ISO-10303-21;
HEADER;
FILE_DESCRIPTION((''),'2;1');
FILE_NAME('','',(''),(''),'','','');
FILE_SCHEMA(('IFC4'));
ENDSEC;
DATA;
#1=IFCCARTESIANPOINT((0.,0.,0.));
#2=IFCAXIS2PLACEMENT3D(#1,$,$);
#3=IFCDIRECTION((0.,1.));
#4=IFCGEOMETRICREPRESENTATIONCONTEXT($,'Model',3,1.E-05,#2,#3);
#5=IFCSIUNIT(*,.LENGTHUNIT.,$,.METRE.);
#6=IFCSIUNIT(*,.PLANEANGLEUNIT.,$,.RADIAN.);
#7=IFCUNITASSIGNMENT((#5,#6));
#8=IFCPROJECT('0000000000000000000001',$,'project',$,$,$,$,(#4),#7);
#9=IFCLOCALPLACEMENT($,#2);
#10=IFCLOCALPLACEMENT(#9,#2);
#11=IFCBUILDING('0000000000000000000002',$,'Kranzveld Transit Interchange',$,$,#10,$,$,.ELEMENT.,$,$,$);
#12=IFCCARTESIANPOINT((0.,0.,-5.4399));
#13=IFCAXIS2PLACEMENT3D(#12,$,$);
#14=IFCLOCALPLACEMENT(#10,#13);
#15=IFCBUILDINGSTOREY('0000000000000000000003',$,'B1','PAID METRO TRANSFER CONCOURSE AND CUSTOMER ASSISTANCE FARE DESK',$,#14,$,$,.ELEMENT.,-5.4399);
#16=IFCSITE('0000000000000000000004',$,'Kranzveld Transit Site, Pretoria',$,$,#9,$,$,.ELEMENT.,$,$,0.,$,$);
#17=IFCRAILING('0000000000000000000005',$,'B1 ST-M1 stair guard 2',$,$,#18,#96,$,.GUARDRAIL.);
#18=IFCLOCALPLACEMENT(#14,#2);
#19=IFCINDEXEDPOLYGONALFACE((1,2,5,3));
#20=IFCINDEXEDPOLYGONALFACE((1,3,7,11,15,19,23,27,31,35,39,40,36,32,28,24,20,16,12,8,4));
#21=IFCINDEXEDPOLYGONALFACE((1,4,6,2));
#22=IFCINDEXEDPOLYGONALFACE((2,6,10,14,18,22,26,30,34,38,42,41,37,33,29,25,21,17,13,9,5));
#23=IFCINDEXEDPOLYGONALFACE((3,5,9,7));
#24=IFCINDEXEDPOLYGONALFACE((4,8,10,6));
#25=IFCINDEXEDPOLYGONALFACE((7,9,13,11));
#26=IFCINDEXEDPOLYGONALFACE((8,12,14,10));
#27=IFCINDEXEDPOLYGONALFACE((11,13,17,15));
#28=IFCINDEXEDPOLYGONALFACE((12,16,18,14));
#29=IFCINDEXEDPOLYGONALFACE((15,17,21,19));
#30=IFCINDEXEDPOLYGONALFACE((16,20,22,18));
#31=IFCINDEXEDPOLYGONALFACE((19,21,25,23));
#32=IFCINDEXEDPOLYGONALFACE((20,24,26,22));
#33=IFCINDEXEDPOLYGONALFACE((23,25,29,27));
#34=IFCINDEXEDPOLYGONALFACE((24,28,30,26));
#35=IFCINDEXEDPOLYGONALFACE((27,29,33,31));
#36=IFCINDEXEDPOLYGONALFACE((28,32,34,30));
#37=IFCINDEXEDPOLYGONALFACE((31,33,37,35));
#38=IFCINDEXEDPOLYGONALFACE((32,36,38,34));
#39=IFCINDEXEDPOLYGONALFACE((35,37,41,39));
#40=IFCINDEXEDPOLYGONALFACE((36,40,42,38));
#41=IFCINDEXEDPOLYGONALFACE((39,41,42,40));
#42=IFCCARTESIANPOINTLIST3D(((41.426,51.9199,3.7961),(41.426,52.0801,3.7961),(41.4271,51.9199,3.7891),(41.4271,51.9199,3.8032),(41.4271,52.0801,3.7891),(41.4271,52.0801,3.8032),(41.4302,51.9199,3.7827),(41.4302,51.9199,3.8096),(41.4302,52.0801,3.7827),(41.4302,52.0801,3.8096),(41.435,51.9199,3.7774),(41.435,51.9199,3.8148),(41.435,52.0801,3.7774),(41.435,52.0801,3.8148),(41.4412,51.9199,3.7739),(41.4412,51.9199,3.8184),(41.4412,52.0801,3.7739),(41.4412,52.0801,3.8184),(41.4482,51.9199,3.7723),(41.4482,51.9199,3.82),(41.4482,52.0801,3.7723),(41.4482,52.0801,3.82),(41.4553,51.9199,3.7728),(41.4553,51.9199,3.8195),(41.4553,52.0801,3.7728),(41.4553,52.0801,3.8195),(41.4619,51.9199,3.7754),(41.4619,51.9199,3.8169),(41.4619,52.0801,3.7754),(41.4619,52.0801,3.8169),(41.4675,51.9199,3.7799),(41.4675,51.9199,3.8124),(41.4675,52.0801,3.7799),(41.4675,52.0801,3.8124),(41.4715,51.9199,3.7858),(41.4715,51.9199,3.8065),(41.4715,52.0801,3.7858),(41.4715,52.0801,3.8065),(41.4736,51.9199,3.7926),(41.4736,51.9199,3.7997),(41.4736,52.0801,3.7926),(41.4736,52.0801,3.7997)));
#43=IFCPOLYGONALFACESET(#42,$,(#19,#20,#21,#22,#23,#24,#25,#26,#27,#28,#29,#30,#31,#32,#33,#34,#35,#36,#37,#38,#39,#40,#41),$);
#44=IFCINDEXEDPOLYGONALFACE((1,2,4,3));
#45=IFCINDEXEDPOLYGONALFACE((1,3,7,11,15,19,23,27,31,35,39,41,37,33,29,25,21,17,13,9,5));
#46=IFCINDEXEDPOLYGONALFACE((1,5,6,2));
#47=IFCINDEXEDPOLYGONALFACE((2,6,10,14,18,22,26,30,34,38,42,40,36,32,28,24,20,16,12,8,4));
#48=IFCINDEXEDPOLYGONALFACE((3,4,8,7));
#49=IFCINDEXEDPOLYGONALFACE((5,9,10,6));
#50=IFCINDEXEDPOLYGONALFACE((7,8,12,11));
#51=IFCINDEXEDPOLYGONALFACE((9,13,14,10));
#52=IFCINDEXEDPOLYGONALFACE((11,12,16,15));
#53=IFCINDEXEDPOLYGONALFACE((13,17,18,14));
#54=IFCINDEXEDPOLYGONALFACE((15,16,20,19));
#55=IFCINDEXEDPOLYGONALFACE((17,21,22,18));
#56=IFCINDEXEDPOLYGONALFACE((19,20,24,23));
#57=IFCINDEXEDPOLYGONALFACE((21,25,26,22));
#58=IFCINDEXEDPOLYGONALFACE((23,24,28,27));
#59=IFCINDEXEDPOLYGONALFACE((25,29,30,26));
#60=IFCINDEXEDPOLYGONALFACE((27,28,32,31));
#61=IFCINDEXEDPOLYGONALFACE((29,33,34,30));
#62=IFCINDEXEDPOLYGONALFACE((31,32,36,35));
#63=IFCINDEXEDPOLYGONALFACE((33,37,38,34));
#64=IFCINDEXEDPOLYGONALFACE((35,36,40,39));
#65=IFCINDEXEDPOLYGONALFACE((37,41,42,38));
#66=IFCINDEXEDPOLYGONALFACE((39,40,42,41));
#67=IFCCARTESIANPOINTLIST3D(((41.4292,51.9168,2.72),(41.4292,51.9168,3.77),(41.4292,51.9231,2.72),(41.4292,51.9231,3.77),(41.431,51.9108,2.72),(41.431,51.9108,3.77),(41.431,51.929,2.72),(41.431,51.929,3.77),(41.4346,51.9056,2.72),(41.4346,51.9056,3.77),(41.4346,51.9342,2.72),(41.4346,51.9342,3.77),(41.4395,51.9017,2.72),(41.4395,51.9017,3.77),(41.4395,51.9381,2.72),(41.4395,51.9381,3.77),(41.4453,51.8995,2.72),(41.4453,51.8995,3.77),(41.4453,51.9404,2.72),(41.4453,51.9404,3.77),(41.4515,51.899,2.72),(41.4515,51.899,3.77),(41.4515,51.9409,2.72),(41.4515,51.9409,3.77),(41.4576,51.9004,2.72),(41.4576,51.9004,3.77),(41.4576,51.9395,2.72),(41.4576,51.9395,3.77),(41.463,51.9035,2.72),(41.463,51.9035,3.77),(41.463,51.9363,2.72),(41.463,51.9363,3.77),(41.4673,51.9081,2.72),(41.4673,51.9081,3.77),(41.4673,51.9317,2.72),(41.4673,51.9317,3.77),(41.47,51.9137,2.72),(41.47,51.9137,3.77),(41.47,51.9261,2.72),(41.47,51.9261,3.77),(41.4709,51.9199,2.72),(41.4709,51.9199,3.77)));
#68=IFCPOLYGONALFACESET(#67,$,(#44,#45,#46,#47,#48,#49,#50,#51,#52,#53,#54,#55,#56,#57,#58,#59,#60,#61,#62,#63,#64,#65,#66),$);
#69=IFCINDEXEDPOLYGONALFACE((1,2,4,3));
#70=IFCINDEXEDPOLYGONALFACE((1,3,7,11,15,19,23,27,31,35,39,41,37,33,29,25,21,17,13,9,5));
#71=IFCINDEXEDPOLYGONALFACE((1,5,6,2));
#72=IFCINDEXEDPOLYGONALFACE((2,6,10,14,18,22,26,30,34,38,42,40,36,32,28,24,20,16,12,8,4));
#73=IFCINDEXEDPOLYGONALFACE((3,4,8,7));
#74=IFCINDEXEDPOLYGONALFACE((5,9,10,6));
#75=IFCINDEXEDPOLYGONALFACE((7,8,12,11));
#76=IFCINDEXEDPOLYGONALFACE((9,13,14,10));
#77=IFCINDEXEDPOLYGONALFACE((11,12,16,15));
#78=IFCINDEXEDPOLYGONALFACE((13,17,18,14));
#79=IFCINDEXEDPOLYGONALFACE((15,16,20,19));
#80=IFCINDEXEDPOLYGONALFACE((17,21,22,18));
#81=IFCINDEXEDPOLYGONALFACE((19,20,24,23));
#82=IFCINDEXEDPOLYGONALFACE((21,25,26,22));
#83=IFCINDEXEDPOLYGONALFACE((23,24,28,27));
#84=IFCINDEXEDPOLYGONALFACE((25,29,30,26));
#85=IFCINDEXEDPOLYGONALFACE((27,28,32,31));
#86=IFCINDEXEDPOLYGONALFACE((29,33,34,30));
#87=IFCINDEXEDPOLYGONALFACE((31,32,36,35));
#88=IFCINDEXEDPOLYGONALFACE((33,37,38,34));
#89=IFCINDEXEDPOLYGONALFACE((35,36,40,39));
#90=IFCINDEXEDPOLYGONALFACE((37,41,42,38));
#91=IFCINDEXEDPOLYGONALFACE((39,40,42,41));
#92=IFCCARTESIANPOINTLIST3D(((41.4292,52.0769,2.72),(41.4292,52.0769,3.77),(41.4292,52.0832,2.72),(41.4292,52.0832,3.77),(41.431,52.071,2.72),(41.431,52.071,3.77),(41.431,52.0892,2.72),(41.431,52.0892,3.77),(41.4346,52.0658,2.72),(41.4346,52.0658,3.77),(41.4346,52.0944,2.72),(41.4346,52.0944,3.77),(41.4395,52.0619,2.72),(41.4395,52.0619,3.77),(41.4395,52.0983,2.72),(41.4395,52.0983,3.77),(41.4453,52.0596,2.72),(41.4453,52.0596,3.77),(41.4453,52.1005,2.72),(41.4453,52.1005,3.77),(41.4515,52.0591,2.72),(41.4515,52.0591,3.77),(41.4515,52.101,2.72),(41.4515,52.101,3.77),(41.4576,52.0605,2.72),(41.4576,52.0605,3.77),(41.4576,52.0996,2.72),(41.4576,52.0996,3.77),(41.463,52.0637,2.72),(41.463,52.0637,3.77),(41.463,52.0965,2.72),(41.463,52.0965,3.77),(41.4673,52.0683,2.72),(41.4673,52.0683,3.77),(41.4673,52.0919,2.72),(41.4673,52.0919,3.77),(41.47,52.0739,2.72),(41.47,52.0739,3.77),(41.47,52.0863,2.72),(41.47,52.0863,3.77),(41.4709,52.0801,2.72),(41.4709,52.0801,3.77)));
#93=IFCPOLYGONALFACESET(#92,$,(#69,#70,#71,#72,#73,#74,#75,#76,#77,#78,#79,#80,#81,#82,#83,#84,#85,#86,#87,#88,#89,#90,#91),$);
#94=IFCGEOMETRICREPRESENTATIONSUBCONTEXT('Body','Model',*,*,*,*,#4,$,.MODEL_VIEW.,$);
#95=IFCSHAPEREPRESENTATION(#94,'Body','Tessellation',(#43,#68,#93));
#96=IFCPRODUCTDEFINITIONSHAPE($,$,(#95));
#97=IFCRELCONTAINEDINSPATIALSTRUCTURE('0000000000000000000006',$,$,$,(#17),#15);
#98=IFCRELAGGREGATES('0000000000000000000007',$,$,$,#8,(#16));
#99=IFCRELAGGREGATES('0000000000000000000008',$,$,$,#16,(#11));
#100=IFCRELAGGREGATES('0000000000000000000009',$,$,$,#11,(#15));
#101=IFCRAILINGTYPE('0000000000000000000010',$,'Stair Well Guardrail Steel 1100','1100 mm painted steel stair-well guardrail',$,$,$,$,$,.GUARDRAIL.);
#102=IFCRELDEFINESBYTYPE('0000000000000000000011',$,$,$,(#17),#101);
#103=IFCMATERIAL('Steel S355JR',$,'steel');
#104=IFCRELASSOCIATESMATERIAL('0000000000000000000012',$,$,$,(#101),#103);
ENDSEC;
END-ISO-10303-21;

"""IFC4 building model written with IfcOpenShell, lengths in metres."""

from ifc_helpers import new_model, si_unit, direction, frame, origin, origin_2d, place, context, subcontext, project, spatial, circle, extrude, material, type_object, element, save


model = new_model("IFC4")

# Units and contexts
model_context = context("Model", 3, precision=1e-05, world=origin(), true_north=direction((0.0, 1.0)))
body_context = subcontext(model_context, "Body", "Model", "MODEL_VIEW")
ifc_project = project(units=[si_unit("LENGTHUNIT", "METRE"), si_unit("PLANEANGLEUNIT", "RADIAN")], contexts=[model_context])

# Site, building, storey
site_placement = place(None, origin())
site = spatial("IfcSite", under=ifc_project, at=site_placement, Name="Kranzveld Transit Site, Pretoria", CompositionType="ELEMENT", RefElevation=0.0)
building_placement = place(site_placement, origin())
building = spatial("IfcBuilding", under=site, at=building_placement, Name="Kranzveld Transit Interchange", CompositionType="ELEMENT")
storey_placement = place(building_placement, frame((0.0, 0.0, -5.4399)))
storey = spatial("IfcBuildingStorey", under=building, at=storey_placement, Name="B1", Description="PAID METRO TRANSFER CONCOURSE AND CUSTOMER ASSISTANCE FARE DESK", CompositionType="ELEMENT", Elevation=-5.4399)

# Railing
ifc_material_1 = material(Name="Steel S355JR", Category="steel")
railing_type_1 = type_object("IfcRailingType", Name="Stair Well Guardrail Steel 1100", Description="1100 mm painted steel stair-well guardrail", PredefinedType="GUARDRAIL", material=ifc_material_1)
railing_1_placement = place(storey_placement, frame((41.45, 51.9199, 2.72)))
element("IfcRailing", 1, at=railing_1_placement, inside=storey, type_object=railing_type_1, Name="B1 ST-M1 stair guard 2", PredefinedType="GUARDRAIL", context=body_context, shape_type="SweptSolid", body=[
    extrude(circle(Radius=0.0239, at=origin_2d()), frame((0.0, 0.0, 1.0762), z_axis=(0.0, 1.0, 0.0), x_axis=(-1.0, 0.0, 0.0)), (0.0, 0.0, 1.0), 0.1602),
    extrude(circle(Radius=0.021, at=origin_2d()), origin(), (0.0, 0.0, 1.0), 1.05),
    extrude(circle(Radius=0.021, at=origin_2d()), frame((0.0, 0.1602, 0.0)), (0.0, 0.0, 1.0), 1.05),
])

save(model, "model.ifc")
